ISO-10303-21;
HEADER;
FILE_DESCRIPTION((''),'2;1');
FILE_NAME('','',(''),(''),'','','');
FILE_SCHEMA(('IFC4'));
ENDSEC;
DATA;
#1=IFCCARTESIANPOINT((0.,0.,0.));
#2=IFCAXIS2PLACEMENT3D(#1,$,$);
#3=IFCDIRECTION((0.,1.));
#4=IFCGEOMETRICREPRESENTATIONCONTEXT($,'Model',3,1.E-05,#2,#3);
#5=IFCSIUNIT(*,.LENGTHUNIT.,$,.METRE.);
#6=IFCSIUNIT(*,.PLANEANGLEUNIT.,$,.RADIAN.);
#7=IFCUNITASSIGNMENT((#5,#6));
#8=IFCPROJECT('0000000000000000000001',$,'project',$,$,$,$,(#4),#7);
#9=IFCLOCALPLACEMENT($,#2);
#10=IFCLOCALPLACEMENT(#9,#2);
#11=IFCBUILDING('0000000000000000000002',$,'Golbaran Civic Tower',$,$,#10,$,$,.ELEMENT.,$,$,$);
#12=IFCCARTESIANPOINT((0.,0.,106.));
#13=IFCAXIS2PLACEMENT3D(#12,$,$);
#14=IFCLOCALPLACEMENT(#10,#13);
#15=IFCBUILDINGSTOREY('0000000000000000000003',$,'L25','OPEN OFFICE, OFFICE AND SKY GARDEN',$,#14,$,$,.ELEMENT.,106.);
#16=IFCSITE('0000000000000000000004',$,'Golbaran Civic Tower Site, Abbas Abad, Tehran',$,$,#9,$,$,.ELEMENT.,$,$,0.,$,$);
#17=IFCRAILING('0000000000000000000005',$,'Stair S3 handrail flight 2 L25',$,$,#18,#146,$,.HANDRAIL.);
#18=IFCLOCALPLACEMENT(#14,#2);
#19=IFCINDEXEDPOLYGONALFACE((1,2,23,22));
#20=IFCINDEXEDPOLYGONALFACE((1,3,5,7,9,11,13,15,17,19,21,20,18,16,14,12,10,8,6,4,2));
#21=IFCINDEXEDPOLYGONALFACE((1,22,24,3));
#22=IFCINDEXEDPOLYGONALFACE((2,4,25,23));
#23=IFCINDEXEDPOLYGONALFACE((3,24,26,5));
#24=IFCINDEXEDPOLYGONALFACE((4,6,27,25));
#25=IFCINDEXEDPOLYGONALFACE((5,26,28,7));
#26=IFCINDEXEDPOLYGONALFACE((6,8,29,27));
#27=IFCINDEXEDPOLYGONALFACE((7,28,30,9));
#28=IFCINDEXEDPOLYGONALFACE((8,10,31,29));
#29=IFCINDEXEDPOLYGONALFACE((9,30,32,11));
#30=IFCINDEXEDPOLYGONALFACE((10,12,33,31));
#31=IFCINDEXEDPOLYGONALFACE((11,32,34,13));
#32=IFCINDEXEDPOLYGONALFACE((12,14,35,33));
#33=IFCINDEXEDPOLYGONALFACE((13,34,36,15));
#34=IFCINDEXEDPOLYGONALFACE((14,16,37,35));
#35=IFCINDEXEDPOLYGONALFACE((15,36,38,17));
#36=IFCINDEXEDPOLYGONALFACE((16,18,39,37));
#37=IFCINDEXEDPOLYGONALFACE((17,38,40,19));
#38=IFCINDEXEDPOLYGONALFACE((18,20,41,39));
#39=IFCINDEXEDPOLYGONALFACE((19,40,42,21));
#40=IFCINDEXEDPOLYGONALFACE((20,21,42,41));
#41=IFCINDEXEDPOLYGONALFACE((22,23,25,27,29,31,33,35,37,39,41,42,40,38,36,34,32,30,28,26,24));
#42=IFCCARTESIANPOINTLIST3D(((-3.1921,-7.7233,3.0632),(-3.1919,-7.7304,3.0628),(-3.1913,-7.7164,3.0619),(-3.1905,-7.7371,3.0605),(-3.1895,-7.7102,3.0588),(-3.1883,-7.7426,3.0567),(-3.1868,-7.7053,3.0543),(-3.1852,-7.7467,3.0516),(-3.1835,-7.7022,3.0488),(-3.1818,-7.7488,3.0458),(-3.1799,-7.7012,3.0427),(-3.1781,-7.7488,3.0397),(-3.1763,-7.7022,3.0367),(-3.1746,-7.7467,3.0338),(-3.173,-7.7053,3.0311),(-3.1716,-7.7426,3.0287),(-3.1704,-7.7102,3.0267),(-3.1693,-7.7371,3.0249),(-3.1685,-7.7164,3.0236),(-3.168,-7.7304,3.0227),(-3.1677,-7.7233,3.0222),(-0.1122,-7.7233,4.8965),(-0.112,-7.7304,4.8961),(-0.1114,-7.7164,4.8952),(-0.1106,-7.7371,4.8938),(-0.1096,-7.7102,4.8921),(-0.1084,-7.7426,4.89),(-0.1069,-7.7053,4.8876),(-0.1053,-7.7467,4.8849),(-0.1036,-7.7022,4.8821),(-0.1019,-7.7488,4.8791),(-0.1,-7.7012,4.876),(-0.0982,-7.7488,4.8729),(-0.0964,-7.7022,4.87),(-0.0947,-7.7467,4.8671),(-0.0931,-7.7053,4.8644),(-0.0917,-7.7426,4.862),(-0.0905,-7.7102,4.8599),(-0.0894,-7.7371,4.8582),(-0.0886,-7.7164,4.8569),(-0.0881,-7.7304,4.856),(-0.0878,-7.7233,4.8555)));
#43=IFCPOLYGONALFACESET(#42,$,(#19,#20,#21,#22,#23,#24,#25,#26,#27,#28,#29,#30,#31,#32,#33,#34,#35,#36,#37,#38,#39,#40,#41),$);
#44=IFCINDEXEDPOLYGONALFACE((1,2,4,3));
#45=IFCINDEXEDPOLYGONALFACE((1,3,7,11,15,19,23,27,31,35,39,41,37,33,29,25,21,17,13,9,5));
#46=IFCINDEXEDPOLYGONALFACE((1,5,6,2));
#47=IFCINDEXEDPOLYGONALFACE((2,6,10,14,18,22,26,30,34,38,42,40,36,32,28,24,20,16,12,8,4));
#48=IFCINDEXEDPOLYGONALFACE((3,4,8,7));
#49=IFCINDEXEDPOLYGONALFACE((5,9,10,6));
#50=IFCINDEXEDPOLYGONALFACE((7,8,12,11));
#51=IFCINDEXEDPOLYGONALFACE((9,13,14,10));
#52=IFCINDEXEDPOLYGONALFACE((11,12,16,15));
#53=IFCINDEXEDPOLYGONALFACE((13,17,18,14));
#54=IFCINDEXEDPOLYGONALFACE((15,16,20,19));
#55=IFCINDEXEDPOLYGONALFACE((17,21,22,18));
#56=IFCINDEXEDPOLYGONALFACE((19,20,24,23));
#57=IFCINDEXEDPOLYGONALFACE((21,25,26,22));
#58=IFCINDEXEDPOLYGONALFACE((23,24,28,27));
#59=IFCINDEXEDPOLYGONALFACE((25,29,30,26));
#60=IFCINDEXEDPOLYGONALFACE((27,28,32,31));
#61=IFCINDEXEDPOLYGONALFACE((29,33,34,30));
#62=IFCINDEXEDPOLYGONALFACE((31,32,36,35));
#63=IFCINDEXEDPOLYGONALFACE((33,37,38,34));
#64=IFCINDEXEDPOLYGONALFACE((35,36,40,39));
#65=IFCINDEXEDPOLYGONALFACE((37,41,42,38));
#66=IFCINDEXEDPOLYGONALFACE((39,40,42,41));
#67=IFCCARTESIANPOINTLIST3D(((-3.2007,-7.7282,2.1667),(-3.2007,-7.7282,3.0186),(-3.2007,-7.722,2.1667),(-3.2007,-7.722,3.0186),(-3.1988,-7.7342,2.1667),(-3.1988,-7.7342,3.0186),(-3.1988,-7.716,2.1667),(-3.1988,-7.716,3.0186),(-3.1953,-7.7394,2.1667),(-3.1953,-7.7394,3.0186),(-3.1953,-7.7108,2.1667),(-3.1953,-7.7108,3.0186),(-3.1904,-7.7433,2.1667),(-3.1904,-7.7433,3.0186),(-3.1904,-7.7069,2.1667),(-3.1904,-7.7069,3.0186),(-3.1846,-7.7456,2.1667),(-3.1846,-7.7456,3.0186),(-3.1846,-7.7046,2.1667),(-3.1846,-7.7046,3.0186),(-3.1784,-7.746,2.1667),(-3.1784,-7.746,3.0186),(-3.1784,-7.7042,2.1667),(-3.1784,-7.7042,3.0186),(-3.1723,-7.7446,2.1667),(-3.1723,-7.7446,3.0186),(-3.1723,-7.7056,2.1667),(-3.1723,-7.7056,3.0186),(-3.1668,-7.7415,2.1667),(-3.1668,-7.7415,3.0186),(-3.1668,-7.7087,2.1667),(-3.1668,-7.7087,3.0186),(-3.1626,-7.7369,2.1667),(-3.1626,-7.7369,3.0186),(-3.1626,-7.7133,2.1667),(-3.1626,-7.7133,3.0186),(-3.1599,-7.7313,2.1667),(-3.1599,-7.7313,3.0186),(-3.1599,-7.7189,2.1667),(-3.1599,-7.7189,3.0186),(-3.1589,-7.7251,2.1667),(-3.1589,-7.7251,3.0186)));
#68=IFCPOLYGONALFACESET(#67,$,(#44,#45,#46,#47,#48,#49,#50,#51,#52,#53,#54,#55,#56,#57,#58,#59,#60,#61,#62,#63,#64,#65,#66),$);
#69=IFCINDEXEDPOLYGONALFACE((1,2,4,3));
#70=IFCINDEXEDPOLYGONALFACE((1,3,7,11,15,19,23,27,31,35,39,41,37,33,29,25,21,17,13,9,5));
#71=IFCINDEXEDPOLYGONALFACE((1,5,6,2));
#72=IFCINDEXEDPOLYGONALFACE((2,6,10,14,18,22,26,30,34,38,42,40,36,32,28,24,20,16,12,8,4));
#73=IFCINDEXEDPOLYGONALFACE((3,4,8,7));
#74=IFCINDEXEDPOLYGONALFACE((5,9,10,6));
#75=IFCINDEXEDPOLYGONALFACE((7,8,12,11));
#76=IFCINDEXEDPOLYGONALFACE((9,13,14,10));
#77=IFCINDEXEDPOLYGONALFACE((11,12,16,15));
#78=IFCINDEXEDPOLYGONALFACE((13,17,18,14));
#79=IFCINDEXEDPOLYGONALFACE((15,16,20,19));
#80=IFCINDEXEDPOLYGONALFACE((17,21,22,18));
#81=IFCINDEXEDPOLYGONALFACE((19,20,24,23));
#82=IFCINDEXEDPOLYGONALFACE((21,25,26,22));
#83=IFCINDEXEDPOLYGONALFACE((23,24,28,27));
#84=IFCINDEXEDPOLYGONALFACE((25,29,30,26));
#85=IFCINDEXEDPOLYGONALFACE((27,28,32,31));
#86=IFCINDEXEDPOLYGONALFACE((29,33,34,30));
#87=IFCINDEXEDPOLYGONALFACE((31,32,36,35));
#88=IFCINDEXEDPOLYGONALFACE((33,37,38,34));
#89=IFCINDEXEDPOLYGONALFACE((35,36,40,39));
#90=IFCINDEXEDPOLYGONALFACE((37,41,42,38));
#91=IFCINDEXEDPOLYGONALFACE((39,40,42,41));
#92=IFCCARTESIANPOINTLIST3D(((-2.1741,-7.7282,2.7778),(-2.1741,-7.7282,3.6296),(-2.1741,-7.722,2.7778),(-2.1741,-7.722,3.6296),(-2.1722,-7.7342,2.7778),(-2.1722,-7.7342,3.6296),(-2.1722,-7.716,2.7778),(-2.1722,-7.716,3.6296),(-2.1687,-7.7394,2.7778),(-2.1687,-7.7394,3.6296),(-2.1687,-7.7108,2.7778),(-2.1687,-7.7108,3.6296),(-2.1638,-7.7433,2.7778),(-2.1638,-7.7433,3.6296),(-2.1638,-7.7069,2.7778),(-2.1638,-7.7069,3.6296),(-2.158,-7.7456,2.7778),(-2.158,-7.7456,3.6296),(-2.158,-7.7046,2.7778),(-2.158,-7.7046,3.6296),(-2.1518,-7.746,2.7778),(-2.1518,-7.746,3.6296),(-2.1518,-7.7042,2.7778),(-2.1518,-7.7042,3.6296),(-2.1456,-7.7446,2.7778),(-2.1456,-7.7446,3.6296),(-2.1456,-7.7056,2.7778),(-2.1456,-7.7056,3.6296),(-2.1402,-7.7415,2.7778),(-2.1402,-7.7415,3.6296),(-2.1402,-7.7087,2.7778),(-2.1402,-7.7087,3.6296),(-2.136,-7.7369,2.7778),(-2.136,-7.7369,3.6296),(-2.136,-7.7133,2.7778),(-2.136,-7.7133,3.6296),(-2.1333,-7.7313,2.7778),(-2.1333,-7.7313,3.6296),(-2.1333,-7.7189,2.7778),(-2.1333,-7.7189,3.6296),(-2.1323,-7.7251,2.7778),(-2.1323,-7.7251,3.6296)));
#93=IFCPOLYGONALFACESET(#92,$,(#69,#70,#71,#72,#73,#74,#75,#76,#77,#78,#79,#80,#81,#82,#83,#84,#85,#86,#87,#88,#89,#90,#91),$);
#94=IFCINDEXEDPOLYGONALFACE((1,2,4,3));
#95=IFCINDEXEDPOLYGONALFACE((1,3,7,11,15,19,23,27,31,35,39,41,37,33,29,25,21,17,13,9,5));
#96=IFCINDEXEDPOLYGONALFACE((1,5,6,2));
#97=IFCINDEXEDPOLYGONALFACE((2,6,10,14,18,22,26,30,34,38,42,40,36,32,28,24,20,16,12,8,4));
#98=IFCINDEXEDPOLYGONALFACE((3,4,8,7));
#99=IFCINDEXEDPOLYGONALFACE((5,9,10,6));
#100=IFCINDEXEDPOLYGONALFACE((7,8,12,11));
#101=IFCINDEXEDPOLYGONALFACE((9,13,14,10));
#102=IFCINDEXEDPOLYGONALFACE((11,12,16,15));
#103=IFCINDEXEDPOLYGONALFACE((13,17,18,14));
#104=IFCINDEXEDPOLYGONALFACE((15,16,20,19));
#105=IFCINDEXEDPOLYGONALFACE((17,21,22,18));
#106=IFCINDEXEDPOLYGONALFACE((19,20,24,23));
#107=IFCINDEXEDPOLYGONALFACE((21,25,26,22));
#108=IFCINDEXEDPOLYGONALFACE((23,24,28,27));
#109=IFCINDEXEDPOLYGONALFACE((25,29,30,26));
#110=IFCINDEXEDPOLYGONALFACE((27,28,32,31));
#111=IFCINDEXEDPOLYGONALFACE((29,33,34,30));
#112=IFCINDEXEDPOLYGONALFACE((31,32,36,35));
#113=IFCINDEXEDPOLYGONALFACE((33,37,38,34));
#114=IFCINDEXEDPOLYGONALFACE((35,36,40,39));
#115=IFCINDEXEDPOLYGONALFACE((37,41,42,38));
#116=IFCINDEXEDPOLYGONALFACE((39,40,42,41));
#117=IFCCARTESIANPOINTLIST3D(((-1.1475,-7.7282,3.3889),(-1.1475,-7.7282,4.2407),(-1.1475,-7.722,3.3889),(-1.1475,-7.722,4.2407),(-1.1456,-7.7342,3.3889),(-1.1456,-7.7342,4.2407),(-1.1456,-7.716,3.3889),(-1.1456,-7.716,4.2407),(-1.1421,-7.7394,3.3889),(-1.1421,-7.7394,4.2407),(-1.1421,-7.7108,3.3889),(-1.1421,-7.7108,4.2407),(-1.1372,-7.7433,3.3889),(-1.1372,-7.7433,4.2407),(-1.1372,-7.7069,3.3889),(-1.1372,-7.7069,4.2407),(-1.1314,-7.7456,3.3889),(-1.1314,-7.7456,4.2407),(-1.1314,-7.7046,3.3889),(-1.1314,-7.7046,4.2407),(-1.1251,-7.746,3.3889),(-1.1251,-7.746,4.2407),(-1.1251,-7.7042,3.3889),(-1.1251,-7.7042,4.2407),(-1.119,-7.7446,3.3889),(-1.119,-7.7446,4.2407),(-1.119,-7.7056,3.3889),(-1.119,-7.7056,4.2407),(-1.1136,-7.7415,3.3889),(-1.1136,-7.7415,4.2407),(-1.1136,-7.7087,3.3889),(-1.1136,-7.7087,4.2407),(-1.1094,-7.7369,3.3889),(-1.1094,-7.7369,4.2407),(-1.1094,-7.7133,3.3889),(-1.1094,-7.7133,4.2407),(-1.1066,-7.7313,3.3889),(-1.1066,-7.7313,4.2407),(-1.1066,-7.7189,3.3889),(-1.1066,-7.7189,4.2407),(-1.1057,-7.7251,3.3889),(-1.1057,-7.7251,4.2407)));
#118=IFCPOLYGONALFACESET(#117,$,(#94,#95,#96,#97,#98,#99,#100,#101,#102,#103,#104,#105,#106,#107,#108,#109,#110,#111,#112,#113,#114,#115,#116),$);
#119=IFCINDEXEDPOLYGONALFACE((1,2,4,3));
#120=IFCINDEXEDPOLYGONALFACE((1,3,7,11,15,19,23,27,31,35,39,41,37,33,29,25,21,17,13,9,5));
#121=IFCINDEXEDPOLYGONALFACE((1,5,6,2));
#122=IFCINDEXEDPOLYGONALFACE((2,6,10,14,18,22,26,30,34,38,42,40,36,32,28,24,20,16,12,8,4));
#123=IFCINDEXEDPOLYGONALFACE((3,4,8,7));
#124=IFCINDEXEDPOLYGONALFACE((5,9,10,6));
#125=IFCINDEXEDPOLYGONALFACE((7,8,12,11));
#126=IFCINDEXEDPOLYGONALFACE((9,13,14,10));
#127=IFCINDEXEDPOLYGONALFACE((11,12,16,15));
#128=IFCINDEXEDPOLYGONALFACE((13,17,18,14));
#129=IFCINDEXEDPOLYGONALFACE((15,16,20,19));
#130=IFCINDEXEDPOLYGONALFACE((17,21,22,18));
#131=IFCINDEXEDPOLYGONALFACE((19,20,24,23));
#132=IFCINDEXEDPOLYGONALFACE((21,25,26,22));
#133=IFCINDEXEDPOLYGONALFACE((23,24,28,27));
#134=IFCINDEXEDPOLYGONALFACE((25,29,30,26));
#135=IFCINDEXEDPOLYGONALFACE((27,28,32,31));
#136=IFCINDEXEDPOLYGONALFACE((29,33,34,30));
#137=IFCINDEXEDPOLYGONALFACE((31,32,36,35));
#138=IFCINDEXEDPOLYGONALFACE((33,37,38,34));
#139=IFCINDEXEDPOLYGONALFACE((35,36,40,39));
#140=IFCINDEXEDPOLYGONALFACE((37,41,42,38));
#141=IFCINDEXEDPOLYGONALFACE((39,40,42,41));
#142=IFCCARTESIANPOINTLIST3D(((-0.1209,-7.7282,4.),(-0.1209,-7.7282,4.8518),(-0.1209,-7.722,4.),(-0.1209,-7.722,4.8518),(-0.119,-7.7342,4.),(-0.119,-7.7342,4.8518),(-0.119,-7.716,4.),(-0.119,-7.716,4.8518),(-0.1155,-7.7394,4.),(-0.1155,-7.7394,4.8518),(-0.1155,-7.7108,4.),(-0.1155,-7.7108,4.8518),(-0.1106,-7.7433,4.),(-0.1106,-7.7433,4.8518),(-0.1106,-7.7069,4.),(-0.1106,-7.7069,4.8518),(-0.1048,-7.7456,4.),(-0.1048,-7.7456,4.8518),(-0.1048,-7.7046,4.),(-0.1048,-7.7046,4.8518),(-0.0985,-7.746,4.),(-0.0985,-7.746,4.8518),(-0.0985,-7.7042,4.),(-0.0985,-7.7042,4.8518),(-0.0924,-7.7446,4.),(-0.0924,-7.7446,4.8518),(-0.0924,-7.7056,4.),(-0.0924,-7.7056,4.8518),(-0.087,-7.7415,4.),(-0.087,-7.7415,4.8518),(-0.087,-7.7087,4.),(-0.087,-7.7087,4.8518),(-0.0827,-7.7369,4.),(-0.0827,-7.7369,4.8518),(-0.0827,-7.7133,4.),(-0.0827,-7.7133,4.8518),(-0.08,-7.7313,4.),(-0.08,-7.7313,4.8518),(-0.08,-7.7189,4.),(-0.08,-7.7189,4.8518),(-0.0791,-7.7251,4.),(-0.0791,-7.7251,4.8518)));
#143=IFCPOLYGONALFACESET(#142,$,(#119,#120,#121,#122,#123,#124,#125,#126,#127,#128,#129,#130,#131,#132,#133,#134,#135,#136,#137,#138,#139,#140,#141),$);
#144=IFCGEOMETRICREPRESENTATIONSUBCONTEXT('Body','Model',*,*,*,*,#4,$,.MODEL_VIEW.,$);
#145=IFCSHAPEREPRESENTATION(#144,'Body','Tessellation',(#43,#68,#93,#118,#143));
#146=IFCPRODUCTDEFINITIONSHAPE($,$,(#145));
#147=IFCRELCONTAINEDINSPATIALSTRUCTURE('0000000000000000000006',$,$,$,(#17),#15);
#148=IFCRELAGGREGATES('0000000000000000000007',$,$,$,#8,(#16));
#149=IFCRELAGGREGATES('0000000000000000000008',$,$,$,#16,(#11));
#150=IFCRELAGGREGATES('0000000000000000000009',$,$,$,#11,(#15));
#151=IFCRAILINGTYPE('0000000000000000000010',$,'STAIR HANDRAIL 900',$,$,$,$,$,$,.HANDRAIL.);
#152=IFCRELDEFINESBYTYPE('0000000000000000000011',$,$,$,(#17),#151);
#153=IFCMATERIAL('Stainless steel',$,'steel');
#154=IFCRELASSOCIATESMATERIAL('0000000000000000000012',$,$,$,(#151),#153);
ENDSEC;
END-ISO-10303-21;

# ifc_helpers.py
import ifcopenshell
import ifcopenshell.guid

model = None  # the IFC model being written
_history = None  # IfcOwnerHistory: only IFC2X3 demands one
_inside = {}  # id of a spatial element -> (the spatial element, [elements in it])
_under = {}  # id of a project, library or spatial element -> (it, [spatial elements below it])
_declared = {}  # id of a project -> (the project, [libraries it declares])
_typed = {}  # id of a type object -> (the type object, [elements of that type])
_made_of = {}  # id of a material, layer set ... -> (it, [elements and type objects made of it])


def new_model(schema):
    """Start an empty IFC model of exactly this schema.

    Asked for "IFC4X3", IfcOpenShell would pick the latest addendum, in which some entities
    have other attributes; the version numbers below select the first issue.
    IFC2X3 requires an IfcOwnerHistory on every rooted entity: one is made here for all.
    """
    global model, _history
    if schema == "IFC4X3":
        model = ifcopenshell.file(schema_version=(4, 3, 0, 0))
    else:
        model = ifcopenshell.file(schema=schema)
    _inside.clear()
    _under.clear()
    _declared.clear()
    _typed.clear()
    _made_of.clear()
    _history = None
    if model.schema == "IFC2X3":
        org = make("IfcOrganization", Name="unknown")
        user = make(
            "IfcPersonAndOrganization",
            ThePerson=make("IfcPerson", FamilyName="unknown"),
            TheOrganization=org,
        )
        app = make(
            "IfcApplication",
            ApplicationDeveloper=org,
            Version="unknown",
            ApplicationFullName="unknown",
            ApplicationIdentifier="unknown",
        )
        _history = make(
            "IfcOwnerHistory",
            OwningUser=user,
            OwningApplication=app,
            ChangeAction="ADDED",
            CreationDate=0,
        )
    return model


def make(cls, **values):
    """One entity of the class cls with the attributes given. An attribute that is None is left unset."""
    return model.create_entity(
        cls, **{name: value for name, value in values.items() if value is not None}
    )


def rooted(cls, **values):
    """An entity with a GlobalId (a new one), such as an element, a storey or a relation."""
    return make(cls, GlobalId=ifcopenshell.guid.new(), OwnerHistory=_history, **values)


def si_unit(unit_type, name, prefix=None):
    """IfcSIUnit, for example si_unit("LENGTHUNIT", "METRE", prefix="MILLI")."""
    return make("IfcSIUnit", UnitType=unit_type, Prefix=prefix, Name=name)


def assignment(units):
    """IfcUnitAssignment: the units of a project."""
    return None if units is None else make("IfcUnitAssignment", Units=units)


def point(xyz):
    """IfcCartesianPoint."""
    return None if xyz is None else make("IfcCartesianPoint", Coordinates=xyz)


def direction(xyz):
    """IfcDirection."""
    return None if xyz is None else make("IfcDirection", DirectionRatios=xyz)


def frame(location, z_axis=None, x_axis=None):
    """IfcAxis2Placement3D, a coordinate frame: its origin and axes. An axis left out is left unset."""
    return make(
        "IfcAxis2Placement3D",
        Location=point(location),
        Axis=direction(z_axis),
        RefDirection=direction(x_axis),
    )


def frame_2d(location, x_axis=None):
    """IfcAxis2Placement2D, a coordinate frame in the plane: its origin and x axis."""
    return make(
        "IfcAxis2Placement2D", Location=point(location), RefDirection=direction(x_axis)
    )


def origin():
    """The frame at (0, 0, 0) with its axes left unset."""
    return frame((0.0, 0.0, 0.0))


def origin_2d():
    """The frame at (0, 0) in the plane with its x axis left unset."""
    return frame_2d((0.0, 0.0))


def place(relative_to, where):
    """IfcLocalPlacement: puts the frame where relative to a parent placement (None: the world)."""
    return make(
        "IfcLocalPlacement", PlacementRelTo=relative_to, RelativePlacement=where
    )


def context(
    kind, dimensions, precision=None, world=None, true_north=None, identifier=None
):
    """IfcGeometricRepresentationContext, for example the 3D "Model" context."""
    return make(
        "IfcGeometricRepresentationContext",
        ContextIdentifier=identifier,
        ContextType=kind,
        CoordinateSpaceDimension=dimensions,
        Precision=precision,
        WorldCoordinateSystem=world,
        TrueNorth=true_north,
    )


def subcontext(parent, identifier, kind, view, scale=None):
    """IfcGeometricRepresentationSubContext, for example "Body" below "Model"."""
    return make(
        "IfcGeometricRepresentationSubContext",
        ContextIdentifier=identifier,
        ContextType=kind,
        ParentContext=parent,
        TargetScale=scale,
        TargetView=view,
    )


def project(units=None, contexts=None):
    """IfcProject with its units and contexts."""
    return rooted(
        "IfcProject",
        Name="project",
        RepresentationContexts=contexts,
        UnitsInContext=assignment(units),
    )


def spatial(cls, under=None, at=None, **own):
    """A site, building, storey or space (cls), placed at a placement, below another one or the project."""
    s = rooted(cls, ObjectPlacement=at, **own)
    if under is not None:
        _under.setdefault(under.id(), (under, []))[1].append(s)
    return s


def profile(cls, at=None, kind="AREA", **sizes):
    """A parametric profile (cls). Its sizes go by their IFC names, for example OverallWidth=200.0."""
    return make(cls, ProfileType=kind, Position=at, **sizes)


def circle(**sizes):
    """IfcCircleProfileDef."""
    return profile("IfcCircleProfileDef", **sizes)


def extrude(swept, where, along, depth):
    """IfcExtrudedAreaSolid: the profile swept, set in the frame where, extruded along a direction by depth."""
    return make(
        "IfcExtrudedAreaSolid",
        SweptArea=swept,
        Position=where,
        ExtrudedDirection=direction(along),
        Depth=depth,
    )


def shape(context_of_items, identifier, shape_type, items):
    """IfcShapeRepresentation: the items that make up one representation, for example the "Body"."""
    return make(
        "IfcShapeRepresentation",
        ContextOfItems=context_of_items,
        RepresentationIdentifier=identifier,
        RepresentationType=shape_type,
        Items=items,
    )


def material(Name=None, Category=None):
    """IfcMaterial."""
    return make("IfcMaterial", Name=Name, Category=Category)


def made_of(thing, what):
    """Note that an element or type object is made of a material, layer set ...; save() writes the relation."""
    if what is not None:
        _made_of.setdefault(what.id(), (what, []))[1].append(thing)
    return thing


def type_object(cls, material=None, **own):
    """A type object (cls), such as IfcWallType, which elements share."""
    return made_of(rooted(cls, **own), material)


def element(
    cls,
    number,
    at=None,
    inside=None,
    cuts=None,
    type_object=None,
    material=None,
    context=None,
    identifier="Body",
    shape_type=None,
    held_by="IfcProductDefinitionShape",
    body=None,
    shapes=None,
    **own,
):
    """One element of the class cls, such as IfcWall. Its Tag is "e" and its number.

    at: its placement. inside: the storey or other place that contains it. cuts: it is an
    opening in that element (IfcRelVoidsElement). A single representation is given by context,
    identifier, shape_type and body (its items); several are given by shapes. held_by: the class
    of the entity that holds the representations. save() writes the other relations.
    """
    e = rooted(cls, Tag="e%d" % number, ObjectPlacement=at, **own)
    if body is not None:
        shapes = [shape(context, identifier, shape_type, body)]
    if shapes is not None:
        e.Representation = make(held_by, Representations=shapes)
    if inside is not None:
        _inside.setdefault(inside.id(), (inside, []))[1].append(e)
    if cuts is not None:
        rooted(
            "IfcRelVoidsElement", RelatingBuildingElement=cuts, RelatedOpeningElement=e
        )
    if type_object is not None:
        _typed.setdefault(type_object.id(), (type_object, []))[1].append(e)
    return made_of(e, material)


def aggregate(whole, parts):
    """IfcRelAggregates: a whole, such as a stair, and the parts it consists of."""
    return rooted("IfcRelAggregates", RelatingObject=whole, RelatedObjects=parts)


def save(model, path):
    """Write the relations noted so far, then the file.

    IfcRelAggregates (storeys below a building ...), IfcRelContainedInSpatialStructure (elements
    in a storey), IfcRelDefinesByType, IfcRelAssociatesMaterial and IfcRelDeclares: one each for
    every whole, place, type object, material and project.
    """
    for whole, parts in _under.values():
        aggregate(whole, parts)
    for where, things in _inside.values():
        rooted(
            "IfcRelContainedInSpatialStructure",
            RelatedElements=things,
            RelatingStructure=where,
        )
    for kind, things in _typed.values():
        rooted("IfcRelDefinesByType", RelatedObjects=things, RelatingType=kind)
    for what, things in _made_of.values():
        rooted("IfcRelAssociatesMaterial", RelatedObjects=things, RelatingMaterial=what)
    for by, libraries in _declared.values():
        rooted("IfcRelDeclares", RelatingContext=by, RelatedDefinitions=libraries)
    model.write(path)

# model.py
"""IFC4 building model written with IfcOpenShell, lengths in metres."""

from ifc_helpers import new_model, si_unit, direction, frame, origin, origin_2d, place, context, subcontext, project, spatial, circle, extrude, material, type_object, element, save


model = new_model("IFC4")

# Units and contexts
model_context = context("Model", 3, precision=1e-05, world=origin(), true_north=direction((0.0, 1.0)))
body_context = subcontext(model_context, "Body", "Model", "MODEL_VIEW")
ifc_project = project(units=[si_unit("LENGTHUNIT", "METRE"), si_unit("PLANEANGLEUNIT", "RADIAN")], contexts=[model_context])

# Site, building, storey
site_placement = place(None, origin())
site = spatial("IfcSite", under=ifc_project, at=site_placement, Name="Golbaran Civic Tower Site, Abbas Abad, Tehran", CompositionType="ELEMENT", RefElevation=0.0)
building_placement = place(site_placement, origin())
building = spatial("IfcBuilding", under=site, at=building_placement, Name="Golbaran Civic Tower", CompositionType="ELEMENT")
storey_placement = place(building_placement, frame((0.0, 0.0, 106.0)))
storey = spatial("IfcBuildingStorey", under=building, at=storey_placement, Name="L25", Description="OPEN OFFICE, OFFICE AND SKY GARDEN", CompositionType="ELEMENT", Elevation=106.0)

# Shared definitions
ifc_material_1 = material(Name="Stainless steel", Category="steel")

# Railing
railing_type = type_object("IfcRailingType", Name="STAIR HANDRAIL 900", PredefinedType="HANDRAIL", material=ifc_material_1)
railing_1_placement = place(storey_placement, frame((-3.1799, -7.7251, 2.1667)))
element("IfcRailing", 1, at=railing_1_placement, inside=storey, type_object=railing_type, Name="Stair S3 handrail flight 2 L25", PredefinedType="HANDRAIL", context=body_context, shape_type="SweptSolid", body=[
    extrude(circle(Radius=0.0239, at=origin_2d()), frame((0.0, 0.0, 0.876), z_axis=(0.859291, 0.0, 0.511487), x_axis=(0.0, 1.0, 0.0)), (0.0, 0.0, 1.0), 3.5842),
    extrude(circle(Radius=0.021, at=origin_2d()), origin(), (0.0, 0.0, 1.0), 0.8518),
    extrude(circle(Radius=0.021, at=origin_2d()), frame((1.0266, 0.0, 0.6111)), (0.0, 0.0, 1.0), 0.8518),
    extrude(circle(Radius=0.021, at=origin_2d()), frame((2.0532, 0.0, 1.2222)), (0.0, 0.0, 1.0), 0.8518),
    extrude(circle(Radius=0.021, at=origin_2d()), frame((3.0798, 0.0, 1.8333)), (0.0, 0.0, 1.0), 0.8518),
])

save(model, "model.ifc")
